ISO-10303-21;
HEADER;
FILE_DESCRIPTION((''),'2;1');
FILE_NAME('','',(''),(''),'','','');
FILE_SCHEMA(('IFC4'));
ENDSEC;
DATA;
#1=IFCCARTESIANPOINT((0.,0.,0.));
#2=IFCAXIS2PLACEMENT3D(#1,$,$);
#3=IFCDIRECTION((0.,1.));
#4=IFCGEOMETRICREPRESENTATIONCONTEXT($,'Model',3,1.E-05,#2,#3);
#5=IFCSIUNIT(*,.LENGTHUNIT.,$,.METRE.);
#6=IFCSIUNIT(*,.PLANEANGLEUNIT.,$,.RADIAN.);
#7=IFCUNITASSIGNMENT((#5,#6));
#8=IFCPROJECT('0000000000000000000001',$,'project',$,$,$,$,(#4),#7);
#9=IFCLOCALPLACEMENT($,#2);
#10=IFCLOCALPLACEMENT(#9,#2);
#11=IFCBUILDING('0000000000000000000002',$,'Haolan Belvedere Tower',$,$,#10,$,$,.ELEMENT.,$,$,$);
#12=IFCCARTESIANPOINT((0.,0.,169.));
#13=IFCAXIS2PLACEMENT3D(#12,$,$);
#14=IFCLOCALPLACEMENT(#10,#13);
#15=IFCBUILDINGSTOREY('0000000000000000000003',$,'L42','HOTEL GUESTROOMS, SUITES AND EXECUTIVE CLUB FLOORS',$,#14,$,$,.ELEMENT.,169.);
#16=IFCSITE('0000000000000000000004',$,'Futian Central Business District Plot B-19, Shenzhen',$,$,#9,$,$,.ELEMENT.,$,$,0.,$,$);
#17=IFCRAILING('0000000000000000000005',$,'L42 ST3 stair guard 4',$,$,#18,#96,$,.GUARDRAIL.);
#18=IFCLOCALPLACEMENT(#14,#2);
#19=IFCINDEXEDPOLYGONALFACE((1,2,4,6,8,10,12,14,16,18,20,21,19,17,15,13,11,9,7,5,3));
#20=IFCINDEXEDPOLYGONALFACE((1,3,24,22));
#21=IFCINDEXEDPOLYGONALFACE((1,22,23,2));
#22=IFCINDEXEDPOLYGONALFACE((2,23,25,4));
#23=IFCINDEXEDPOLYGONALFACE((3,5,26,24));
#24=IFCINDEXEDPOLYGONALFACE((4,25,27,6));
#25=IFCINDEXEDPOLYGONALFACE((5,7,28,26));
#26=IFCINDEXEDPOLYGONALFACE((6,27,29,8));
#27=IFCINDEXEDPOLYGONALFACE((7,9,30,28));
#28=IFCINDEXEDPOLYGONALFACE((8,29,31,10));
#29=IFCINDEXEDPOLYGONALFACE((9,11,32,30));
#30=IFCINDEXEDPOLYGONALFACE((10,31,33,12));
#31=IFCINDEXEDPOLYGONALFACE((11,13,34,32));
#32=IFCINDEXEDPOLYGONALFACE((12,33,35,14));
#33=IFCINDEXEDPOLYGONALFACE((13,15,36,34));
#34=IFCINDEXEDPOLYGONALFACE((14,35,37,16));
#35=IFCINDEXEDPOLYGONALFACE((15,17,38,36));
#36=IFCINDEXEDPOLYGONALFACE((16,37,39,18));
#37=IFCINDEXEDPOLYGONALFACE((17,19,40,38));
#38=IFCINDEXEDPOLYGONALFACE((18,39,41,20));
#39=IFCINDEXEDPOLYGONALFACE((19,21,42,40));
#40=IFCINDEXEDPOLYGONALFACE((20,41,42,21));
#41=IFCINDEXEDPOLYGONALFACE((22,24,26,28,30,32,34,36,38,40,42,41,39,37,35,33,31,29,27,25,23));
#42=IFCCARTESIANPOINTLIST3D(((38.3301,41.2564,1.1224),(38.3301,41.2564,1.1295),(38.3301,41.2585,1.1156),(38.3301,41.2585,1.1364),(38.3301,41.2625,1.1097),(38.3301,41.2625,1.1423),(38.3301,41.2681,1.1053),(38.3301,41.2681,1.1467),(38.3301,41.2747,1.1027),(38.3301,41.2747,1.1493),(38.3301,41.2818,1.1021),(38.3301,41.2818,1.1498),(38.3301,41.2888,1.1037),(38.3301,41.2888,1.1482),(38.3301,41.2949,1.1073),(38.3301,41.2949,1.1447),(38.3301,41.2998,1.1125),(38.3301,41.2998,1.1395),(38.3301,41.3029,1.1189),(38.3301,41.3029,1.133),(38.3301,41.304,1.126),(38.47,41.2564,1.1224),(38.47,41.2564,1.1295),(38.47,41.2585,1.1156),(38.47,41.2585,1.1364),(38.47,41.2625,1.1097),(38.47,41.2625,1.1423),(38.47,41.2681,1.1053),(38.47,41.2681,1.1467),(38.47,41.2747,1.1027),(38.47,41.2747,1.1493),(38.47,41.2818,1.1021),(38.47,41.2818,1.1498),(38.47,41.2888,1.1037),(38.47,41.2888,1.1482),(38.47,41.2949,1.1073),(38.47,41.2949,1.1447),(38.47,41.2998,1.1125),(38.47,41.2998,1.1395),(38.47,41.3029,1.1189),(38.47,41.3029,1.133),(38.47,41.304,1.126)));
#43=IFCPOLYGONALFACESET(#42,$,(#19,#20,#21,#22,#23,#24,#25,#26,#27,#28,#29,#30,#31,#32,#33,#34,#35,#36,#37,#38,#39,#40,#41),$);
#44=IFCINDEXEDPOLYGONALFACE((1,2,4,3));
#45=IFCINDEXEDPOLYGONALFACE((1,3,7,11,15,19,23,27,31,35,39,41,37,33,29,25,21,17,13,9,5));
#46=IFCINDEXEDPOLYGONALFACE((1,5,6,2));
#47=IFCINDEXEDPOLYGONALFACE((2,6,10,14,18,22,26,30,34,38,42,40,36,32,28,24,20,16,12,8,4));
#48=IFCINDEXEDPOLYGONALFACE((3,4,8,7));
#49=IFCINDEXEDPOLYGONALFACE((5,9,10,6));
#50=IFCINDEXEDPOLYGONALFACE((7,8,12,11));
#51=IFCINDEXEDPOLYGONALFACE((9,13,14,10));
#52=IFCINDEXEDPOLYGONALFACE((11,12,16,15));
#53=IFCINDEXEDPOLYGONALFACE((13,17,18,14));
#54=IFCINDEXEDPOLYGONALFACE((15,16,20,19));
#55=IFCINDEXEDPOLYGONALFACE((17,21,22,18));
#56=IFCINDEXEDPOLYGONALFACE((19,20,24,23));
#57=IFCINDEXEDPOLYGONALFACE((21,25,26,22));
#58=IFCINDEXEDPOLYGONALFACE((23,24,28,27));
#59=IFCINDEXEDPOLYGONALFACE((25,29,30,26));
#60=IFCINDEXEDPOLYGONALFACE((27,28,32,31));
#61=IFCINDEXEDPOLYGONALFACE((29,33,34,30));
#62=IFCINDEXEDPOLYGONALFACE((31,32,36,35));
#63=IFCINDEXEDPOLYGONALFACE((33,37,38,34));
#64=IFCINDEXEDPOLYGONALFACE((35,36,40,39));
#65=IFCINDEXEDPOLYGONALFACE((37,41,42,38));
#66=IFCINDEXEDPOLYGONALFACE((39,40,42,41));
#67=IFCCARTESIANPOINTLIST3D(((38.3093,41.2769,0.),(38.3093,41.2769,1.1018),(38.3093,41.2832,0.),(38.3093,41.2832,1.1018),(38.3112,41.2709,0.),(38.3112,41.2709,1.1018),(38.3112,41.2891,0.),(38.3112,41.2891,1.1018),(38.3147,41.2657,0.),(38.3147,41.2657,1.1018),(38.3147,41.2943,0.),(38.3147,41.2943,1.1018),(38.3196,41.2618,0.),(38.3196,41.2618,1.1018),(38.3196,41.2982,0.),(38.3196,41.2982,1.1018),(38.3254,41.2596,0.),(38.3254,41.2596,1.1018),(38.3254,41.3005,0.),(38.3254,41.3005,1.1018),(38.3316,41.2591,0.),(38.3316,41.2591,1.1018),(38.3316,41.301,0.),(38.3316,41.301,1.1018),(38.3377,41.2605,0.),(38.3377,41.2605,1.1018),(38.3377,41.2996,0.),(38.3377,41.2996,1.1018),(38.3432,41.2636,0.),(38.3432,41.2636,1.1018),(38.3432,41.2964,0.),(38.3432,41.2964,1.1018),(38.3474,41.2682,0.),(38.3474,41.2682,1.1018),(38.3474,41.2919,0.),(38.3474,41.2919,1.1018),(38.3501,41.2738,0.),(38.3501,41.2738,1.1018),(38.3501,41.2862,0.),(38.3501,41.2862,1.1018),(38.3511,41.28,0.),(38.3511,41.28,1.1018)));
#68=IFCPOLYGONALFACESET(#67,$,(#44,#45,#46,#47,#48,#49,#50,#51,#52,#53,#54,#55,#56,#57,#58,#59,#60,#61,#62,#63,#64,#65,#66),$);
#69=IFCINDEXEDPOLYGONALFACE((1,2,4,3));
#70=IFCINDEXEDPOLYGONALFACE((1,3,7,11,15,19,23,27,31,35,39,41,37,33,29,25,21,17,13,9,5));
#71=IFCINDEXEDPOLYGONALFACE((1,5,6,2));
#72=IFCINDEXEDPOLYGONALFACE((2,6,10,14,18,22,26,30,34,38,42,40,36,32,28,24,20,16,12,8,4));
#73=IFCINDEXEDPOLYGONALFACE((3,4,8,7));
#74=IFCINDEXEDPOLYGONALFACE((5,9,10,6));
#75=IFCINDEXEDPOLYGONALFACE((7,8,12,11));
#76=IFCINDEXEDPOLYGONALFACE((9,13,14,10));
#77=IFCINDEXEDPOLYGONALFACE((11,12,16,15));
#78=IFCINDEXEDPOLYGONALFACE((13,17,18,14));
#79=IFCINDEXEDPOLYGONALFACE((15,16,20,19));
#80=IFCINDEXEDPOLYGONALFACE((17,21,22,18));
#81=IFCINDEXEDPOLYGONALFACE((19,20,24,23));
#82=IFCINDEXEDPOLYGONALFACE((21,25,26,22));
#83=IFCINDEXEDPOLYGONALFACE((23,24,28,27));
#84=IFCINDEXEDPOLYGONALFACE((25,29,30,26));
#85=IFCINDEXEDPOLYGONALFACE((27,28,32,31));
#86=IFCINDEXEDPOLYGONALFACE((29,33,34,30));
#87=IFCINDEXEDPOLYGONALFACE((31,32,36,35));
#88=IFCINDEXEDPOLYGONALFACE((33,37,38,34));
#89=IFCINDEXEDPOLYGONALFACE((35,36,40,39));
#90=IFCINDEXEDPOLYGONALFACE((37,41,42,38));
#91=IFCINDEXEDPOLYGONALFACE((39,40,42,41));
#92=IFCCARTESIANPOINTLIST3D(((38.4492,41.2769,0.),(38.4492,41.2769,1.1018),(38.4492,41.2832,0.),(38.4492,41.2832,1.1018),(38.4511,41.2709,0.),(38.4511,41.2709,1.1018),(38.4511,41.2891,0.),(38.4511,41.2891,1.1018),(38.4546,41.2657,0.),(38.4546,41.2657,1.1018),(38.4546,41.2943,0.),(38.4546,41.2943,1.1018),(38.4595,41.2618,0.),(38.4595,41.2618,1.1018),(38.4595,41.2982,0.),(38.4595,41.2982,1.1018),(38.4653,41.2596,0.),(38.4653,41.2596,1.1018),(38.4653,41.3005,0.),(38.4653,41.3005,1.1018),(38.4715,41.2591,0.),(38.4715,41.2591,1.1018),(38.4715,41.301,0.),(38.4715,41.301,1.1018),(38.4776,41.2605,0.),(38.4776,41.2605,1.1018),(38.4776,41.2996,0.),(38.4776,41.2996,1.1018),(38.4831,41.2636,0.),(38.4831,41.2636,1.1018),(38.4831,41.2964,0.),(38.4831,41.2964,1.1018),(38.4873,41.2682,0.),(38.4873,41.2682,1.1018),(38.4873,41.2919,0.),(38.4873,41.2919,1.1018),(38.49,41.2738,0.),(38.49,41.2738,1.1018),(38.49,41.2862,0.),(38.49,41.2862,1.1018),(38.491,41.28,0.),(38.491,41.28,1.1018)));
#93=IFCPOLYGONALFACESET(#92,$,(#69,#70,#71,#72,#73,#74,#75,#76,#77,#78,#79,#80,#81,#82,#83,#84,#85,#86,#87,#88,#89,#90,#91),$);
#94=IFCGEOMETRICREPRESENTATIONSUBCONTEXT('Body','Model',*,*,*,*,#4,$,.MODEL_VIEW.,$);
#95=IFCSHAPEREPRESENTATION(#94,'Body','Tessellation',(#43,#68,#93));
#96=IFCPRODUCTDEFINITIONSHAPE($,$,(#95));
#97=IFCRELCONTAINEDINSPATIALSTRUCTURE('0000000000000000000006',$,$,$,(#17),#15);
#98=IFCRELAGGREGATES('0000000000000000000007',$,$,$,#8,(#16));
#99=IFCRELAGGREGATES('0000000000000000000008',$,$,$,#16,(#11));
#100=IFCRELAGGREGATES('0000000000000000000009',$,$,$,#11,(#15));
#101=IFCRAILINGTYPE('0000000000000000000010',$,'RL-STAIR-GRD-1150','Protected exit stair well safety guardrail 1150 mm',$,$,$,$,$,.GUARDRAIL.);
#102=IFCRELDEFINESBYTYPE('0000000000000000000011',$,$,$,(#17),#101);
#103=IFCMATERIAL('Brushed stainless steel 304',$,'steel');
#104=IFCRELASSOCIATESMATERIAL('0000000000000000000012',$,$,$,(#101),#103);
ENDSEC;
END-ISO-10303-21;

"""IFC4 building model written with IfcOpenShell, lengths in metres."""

from ifc_helpers import new_model, si_unit, direction, frame, origin, origin_2d, place, context, subcontext, project, spatial, circle, extrude, material, type_object, element, save


model = new_model("IFC4")

# Units and contexts
model_context = context("Model", 3, precision=1e-05, world=origin(), true_north=direction((0.0, 1.0)))
body_context = subcontext(model_context, "Body", "Model", "MODEL_VIEW")
ifc_project = project(units=[si_unit("LENGTHUNIT", "METRE"), si_unit("PLANEANGLEUNIT", "RADIAN")], contexts=[model_context])

# Site, building, storey
site_placement = place(None, origin())
site = spatial("IfcSite", under=ifc_project, at=site_placement, Name="Futian Central Business District Plot B-19, Shenzhen", CompositionType="ELEMENT", RefElevation=0.0)
building_placement = place(site_placement, origin())
building = spatial("IfcBuilding", under=site, at=building_placement, Name="Haolan Belvedere Tower", CompositionType="ELEMENT")
storey_placement = place(building_placement, frame((0.0, 0.0, 169.0)))
storey = spatial("IfcBuildingStorey", under=building, at=storey_placement, Name="L42", Description="HOTEL GUESTROOMS, SUITES AND EXECUTIVE CLUB FLOORS", CompositionType="ELEMENT", Elevation=169.0)

# Railing
ifc_material_1 = material(Name="Brushed stainless steel 304", Category="steel")
railing_type_1 = type_object("IfcRailingType", Name="RL-STAIR-GRD-1150", Description="Protected exit stair well safety guardrail 1150 mm", PredefinedType="GUARDRAIL", material=ifc_material_1)
railing_1_placement = place(storey_placement, frame((38.3301, 41.28, 0.0)))
element("IfcRailing", 1, at=railing_1_placement, inside=storey, type_object=railing_type_1, Name="L42 ST3 stair guard 4", PredefinedType="GUARDRAIL", context=body_context, shape_type="SweptSolid", body=[
    extrude(circle(Radius=0.0239, at=origin_2d()), frame((0.0, 0.0, 1.126), z_axis=(1.0, 0.0, 0.0), x_axis=(0.0, 1.0, 0.0)), (0.0, 0.0, 1.0), 0.1399),
    extrude(circle(Radius=0.021, at=origin_2d()), origin(), (0.0, 0.0, 1.0), 1.1018),
    extrude(circle(Radius=0.021, at=origin_2d()), frame((0.1399, 0.0, 0.0)), (0.0, 0.0, 1.0), 1.1018),
])

save(model, "model.ifc")
